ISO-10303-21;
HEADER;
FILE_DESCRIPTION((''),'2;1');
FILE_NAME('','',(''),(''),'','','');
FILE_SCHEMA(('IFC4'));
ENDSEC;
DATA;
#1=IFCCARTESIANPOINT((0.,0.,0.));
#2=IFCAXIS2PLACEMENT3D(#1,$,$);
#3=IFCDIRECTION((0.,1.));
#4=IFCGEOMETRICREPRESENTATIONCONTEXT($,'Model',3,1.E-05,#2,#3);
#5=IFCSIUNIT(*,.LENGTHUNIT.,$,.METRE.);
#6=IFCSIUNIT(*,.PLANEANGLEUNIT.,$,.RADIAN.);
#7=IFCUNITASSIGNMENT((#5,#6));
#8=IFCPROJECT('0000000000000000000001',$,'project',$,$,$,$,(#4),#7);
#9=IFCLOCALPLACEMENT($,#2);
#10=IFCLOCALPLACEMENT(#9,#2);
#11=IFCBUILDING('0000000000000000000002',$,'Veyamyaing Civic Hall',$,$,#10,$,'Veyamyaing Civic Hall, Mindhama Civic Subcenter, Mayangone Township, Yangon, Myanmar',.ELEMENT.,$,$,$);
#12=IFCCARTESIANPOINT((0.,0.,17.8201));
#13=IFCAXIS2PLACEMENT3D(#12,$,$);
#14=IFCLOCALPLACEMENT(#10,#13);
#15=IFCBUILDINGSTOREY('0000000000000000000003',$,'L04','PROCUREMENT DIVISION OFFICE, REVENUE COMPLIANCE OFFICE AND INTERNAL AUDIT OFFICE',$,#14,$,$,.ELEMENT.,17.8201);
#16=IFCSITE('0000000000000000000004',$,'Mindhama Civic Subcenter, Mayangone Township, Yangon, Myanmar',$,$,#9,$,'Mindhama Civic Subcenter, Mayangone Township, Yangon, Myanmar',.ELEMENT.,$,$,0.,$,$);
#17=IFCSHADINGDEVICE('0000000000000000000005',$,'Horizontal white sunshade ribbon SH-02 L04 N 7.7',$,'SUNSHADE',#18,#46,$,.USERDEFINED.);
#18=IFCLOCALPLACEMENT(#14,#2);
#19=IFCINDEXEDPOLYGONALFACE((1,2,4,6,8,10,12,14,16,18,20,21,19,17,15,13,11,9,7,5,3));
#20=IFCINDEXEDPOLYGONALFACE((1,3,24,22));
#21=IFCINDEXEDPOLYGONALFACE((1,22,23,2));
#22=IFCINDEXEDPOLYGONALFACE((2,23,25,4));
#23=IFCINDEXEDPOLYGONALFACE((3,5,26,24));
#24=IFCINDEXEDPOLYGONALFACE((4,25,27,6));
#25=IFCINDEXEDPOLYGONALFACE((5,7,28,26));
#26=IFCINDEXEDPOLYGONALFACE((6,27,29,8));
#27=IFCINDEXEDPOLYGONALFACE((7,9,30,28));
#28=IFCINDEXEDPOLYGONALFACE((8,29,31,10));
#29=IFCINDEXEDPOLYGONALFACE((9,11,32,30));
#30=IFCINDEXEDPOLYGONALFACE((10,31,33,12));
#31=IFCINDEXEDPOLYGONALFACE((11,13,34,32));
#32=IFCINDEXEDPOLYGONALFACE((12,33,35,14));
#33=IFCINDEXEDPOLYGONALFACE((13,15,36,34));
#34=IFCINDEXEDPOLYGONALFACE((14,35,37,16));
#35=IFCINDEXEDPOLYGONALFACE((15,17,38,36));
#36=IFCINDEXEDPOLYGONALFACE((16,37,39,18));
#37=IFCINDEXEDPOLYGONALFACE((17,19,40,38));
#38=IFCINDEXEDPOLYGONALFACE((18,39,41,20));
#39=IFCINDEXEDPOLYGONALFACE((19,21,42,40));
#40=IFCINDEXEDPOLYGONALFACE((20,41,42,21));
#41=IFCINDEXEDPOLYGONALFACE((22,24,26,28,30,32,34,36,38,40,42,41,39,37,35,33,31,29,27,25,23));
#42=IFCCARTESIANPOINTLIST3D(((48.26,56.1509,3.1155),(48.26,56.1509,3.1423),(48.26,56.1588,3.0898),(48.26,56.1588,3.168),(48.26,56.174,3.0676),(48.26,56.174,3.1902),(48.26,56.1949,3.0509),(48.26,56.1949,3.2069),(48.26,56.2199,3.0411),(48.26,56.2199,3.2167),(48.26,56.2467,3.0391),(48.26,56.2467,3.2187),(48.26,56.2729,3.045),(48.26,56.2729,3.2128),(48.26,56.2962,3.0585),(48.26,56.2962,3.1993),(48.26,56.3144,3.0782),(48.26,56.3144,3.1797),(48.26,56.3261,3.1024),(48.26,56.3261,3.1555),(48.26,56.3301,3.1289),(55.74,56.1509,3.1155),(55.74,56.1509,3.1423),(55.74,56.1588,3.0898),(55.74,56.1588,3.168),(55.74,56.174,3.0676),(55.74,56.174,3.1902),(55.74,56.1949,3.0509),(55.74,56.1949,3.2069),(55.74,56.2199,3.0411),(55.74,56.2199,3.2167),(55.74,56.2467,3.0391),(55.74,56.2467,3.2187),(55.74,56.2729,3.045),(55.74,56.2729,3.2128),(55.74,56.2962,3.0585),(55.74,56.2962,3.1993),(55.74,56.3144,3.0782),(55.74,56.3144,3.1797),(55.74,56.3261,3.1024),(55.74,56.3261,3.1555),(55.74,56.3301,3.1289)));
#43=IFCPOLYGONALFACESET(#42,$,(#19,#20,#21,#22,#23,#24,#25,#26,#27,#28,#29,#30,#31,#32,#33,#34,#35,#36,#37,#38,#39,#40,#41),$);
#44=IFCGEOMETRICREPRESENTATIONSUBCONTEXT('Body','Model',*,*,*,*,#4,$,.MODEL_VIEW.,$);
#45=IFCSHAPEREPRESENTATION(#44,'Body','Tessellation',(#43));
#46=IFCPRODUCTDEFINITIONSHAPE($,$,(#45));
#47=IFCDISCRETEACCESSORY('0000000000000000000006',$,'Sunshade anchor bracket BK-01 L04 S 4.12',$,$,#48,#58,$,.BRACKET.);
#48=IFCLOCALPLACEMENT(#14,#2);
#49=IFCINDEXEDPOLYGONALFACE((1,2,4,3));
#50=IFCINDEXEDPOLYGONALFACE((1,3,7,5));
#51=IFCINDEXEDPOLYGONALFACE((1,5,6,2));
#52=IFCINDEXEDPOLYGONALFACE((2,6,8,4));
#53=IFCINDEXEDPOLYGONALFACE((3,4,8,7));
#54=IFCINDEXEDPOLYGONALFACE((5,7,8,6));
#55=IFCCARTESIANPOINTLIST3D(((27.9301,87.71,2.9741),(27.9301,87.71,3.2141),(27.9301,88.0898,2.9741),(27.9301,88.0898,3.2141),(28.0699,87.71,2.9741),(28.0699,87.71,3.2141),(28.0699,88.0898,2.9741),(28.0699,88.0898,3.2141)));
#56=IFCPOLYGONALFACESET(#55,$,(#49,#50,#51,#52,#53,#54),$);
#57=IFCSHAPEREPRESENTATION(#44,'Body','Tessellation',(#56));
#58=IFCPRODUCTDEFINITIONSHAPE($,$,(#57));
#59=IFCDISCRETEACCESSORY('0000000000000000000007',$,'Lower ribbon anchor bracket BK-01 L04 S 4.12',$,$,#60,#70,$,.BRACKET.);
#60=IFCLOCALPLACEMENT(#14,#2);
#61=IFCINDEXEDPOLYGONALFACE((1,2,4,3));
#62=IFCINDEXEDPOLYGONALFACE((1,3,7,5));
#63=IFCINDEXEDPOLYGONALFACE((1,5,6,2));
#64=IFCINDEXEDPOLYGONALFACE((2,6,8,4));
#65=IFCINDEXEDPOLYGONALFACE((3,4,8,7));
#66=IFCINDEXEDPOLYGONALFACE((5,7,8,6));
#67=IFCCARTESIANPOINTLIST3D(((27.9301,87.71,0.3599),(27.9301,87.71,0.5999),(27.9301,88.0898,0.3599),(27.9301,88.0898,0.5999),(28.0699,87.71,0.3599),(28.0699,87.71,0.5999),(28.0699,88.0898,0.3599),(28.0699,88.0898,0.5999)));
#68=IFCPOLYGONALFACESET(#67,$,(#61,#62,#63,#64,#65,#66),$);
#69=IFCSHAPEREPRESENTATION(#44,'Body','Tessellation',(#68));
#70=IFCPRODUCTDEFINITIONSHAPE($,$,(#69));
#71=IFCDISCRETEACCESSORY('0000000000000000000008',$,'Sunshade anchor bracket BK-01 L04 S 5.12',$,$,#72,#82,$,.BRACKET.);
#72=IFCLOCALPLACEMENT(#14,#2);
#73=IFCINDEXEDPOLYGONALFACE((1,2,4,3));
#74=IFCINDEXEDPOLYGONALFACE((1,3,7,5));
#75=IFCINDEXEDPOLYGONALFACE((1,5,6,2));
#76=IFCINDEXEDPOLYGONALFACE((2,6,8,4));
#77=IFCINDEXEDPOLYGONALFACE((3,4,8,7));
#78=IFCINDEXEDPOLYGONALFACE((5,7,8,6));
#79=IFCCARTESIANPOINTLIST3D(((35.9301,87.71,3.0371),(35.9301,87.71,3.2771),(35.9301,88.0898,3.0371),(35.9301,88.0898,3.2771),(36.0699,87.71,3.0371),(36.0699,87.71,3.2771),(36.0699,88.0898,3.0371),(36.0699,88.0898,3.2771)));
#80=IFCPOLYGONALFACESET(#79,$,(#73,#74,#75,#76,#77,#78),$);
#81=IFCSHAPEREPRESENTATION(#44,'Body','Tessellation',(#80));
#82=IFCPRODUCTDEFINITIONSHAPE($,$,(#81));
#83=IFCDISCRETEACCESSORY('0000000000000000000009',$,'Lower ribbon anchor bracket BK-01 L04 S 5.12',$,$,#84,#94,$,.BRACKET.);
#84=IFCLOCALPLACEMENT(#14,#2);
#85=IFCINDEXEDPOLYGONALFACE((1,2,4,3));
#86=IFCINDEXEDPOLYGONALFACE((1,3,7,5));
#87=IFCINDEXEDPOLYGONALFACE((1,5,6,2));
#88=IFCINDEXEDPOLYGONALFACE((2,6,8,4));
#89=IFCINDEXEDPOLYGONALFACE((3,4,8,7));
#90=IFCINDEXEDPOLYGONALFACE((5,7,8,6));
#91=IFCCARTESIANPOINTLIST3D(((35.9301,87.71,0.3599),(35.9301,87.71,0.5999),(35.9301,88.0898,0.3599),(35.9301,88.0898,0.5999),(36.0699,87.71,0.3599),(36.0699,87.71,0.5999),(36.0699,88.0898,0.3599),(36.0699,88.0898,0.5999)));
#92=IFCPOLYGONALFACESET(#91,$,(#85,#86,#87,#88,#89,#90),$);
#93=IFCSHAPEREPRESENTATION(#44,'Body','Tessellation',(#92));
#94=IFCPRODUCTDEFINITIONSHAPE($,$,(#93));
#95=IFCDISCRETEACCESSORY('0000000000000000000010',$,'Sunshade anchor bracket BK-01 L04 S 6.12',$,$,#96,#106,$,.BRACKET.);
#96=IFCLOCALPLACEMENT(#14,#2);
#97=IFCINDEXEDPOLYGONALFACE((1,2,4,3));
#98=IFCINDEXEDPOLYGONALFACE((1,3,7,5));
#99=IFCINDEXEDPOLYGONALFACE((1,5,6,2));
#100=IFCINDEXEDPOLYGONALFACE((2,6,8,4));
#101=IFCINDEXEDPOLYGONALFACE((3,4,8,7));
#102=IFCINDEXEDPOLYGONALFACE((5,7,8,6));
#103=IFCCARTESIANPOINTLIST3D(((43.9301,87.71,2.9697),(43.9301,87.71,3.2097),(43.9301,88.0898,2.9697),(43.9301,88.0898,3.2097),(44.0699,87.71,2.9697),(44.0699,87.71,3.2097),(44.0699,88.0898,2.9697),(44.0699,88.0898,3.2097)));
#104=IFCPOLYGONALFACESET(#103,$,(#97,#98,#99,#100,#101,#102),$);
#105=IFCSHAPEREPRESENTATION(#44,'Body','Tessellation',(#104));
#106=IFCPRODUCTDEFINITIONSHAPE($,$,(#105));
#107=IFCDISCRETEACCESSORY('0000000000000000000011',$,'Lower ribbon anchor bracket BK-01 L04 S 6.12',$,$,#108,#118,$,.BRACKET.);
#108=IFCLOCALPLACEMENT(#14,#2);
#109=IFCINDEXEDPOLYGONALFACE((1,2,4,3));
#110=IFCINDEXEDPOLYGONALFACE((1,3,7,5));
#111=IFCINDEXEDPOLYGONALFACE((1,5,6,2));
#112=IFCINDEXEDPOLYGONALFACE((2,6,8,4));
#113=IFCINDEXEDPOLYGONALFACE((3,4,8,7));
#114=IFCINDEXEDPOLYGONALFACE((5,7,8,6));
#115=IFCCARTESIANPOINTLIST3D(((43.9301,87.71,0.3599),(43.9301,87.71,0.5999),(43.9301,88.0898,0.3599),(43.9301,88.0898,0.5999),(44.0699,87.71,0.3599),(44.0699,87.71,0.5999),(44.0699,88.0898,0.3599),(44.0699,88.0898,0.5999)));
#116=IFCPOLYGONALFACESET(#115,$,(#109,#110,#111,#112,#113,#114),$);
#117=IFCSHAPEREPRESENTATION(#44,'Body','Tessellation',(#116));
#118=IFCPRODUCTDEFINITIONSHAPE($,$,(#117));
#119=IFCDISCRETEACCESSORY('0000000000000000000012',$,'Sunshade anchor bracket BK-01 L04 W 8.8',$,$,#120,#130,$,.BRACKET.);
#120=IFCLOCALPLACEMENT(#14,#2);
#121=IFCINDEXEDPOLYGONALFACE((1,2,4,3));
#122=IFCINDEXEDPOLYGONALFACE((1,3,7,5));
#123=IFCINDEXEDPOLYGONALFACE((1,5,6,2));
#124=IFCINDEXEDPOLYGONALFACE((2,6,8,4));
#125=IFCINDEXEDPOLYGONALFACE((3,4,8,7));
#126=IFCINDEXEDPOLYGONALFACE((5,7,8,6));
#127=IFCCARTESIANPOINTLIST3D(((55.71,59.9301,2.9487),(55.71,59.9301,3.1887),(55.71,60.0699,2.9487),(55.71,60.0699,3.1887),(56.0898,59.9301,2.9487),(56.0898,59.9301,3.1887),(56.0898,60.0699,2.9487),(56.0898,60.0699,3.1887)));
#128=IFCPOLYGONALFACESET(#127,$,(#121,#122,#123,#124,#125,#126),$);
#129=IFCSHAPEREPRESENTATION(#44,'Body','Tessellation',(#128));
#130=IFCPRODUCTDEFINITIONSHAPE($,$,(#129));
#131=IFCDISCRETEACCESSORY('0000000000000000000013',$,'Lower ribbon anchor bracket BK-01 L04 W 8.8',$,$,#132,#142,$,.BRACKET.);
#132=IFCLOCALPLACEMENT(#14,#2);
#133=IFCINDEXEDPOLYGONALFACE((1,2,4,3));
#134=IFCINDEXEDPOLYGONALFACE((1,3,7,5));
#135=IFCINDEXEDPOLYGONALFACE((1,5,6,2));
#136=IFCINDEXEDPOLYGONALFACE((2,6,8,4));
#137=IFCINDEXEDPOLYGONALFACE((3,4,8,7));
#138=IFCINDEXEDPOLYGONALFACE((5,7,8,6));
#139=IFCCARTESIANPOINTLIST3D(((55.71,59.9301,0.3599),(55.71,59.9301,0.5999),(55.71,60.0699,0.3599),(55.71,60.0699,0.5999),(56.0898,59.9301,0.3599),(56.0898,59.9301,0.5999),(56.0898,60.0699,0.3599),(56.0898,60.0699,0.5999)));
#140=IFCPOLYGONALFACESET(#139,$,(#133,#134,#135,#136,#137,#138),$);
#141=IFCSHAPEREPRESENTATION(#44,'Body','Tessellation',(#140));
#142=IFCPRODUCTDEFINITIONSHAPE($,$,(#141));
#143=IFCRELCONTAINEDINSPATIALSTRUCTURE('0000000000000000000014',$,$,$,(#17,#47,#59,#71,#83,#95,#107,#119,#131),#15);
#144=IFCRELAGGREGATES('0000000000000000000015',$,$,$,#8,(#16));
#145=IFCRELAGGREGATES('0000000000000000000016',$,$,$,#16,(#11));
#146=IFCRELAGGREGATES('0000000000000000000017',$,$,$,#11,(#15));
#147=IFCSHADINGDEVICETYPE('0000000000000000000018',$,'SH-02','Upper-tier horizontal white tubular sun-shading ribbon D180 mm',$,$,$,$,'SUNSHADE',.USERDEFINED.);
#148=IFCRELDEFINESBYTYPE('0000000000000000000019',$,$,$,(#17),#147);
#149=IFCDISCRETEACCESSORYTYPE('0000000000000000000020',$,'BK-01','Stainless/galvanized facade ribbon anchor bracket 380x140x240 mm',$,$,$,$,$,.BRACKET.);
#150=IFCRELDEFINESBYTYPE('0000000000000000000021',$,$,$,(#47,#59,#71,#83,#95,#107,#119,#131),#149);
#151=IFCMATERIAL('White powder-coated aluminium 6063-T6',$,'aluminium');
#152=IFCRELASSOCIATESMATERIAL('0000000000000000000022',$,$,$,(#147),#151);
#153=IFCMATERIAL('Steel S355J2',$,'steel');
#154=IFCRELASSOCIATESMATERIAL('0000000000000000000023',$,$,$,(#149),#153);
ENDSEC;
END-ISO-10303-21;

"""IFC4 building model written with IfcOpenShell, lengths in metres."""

from ifc_helpers import new_model, si_unit, direction, frame, origin, origin_2d, place, context, subcontext, project, spatial, rectangle, circle, extrude, material, material_profile, profile_set, type_object, element, save


model = new_model("IFC4")

# Units and contexts
model_context = context("Model", 3, precision=1e-05, world=origin(), true_north=direction((0.0, 1.0)))
body_context = subcontext(model_context, "Body", "Model", "MODEL_VIEW")
ifc_project = project(units=[si_unit("LENGTHUNIT", "METRE"), si_unit("PLANEANGLEUNIT", "RADIAN")], contexts=[model_context])

# Site, building, storey
site_placement = place(None, origin())
site = spatial("IfcSite", under=ifc_project, at=site_placement, Name="Mindhama Civic Subcenter, Mayangone Township, Yangon, Myanmar", LongName="Mindhama Civic Subcenter, Mayangone Township, Yangon, Myanmar", CompositionType="ELEMENT", RefElevation=0.0)
building_placement = place(site_placement, origin())
building = spatial("IfcBuilding", under=site, at=building_placement, Name="Veyamyaing Civic Hall", LongName="Veyamyaing Civic Hall, Mindhama Civic Subcenter, Mayangone Township, Yangon, Myanmar", CompositionType="ELEMENT")
storey_placement = place(building_placement, frame((0.0, 0.0, 17.8201)))
storey = spatial("IfcBuildingStorey", under=building, at=storey_placement, Name="L04", Description="PROCUREMENT DIVISION OFFICE, REVENUE COMPLIANCE OFFICE AND INTERNAL AUDIT OFFICE", CompositionType="ELEMENT", Elevation=17.8201)

# Shared definitions
ifc_material_1 = material(Name="White powder-coated aluminium 6063-T6", Category="aluminium")

# Shading device
ifc_material_profile_1 = material_profile(ifc_material_1, circle(Radius=0.0901, at=origin_2d()), Name="SHADE-TUBE-180")
ifc_profile_set_1 = profile_set([ifc_material_profile_1], Name="White powder-coated aluminium 6063-T6")
shading_device_type_1 = type_object("IfcShadingDeviceType", Name="SH-02", Description="Upper-tier horizontal white tubular sun-shading ribbon D180 mm", ElementType="SUNSHADE", PredefinedType="USERDEFINED", material=ifc_profile_set_1)
shading_device_1_placement = place(storey_placement, frame((48.26, 56.24, 3.1289), z_axis=(1.0, 0.0, 0.0), x_axis=(0.0, 1.0, 0.0)))
element("IfcShadingDevice", 1, at=shading_device_1_placement, inside=storey, type_object=shading_device_type_1, Name="Horizontal white sunshade ribbon SH-02 L04 N 7.7", ObjectType="SUNSHADE", PredefinedType="USERDEFINED", context=body_context, shape_type="SweptSolid", body=[
    extrude(circle(Radius=0.0901, at=origin_2d()), origin(), (0.0, 0.0, 1.0), 7.48),
])

# Discrete accessories
ifc_material_2 = material(Name="Steel S355J2", Category="steel")
discrete_accessory_type = type_object("IfcDiscreteAccessoryType", Name="BK-01", Description="Stainless/galvanized facade ribbon anchor bracket 380x140x240 mm", PredefinedType="BRACKET", material=ifc_material_2)
for number, where, z_axis, x_axis, name in (
    (2, (28.0, 87.8999, 2.9741), (0.0, 0.0, 1.0), (0.0, -1.0, 0.0), "Sunshade anchor bracket BK-01 L04 S 4.12"),
    (3, (28.0, 87.8999, 0.3599), (0.0, 0.0, 1.0), (0.0, -1.0, 0.0), "Lower ribbon anchor bracket BK-01 L04 S 4.12"),
    (4, (36.0, 87.8999, 3.0371), (0.0, 0.0, 1.0), (0.0, -1.0, 0.0), "Sunshade anchor bracket BK-01 L04 S 5.12"),
    (5, (36.0, 87.8999, 0.3599), (0.0, 0.0, 1.0), (0.0, -1.0, 0.0), "Lower ribbon anchor bracket BK-01 L04 S 5.12"),
    (6, (44.0, 87.8999, 2.9697), (0.0, 0.0, 1.0), (0.0, -1.0, 0.0), "Sunshade anchor bracket BK-01 L04 S 6.12"),
    (7, (44.0, 87.8999, 0.3599), (0.0, 0.0, 1.0), (0.0, -1.0, 0.0), "Lower ribbon anchor bracket BK-01 L04 S 6.12"),
    (8, (55.8999, 60.0, 2.9487), (0.0, 0.0, 1.0), (-1.0, 0.0, 0.0), "Sunshade anchor bracket BK-01 L04 W 8.8"),
    (9, (55.8999, 60.0, 0.3599), (0.0, 0.0, 1.0), (-1.0, 0.0, 0.0), "Lower ribbon anchor bracket BK-01 L04 W 8.8"),
):
    element("IfcDiscreteAccessory", number, at=place(storey_placement, frame(where, z_axis=z_axis, x_axis=x_axis)), inside=storey, type_object=discrete_accessory_type, Name=name, PredefinedType="BRACKET", context=body_context, shape_type="SweptSolid", body=[
        extrude(rectangle(XDim=0.3799, YDim=0.1399, at=origin_2d()), origin(), (0.0, 0.0, 1.0), 0.24),
    ])

save(model, "model.ifc")
